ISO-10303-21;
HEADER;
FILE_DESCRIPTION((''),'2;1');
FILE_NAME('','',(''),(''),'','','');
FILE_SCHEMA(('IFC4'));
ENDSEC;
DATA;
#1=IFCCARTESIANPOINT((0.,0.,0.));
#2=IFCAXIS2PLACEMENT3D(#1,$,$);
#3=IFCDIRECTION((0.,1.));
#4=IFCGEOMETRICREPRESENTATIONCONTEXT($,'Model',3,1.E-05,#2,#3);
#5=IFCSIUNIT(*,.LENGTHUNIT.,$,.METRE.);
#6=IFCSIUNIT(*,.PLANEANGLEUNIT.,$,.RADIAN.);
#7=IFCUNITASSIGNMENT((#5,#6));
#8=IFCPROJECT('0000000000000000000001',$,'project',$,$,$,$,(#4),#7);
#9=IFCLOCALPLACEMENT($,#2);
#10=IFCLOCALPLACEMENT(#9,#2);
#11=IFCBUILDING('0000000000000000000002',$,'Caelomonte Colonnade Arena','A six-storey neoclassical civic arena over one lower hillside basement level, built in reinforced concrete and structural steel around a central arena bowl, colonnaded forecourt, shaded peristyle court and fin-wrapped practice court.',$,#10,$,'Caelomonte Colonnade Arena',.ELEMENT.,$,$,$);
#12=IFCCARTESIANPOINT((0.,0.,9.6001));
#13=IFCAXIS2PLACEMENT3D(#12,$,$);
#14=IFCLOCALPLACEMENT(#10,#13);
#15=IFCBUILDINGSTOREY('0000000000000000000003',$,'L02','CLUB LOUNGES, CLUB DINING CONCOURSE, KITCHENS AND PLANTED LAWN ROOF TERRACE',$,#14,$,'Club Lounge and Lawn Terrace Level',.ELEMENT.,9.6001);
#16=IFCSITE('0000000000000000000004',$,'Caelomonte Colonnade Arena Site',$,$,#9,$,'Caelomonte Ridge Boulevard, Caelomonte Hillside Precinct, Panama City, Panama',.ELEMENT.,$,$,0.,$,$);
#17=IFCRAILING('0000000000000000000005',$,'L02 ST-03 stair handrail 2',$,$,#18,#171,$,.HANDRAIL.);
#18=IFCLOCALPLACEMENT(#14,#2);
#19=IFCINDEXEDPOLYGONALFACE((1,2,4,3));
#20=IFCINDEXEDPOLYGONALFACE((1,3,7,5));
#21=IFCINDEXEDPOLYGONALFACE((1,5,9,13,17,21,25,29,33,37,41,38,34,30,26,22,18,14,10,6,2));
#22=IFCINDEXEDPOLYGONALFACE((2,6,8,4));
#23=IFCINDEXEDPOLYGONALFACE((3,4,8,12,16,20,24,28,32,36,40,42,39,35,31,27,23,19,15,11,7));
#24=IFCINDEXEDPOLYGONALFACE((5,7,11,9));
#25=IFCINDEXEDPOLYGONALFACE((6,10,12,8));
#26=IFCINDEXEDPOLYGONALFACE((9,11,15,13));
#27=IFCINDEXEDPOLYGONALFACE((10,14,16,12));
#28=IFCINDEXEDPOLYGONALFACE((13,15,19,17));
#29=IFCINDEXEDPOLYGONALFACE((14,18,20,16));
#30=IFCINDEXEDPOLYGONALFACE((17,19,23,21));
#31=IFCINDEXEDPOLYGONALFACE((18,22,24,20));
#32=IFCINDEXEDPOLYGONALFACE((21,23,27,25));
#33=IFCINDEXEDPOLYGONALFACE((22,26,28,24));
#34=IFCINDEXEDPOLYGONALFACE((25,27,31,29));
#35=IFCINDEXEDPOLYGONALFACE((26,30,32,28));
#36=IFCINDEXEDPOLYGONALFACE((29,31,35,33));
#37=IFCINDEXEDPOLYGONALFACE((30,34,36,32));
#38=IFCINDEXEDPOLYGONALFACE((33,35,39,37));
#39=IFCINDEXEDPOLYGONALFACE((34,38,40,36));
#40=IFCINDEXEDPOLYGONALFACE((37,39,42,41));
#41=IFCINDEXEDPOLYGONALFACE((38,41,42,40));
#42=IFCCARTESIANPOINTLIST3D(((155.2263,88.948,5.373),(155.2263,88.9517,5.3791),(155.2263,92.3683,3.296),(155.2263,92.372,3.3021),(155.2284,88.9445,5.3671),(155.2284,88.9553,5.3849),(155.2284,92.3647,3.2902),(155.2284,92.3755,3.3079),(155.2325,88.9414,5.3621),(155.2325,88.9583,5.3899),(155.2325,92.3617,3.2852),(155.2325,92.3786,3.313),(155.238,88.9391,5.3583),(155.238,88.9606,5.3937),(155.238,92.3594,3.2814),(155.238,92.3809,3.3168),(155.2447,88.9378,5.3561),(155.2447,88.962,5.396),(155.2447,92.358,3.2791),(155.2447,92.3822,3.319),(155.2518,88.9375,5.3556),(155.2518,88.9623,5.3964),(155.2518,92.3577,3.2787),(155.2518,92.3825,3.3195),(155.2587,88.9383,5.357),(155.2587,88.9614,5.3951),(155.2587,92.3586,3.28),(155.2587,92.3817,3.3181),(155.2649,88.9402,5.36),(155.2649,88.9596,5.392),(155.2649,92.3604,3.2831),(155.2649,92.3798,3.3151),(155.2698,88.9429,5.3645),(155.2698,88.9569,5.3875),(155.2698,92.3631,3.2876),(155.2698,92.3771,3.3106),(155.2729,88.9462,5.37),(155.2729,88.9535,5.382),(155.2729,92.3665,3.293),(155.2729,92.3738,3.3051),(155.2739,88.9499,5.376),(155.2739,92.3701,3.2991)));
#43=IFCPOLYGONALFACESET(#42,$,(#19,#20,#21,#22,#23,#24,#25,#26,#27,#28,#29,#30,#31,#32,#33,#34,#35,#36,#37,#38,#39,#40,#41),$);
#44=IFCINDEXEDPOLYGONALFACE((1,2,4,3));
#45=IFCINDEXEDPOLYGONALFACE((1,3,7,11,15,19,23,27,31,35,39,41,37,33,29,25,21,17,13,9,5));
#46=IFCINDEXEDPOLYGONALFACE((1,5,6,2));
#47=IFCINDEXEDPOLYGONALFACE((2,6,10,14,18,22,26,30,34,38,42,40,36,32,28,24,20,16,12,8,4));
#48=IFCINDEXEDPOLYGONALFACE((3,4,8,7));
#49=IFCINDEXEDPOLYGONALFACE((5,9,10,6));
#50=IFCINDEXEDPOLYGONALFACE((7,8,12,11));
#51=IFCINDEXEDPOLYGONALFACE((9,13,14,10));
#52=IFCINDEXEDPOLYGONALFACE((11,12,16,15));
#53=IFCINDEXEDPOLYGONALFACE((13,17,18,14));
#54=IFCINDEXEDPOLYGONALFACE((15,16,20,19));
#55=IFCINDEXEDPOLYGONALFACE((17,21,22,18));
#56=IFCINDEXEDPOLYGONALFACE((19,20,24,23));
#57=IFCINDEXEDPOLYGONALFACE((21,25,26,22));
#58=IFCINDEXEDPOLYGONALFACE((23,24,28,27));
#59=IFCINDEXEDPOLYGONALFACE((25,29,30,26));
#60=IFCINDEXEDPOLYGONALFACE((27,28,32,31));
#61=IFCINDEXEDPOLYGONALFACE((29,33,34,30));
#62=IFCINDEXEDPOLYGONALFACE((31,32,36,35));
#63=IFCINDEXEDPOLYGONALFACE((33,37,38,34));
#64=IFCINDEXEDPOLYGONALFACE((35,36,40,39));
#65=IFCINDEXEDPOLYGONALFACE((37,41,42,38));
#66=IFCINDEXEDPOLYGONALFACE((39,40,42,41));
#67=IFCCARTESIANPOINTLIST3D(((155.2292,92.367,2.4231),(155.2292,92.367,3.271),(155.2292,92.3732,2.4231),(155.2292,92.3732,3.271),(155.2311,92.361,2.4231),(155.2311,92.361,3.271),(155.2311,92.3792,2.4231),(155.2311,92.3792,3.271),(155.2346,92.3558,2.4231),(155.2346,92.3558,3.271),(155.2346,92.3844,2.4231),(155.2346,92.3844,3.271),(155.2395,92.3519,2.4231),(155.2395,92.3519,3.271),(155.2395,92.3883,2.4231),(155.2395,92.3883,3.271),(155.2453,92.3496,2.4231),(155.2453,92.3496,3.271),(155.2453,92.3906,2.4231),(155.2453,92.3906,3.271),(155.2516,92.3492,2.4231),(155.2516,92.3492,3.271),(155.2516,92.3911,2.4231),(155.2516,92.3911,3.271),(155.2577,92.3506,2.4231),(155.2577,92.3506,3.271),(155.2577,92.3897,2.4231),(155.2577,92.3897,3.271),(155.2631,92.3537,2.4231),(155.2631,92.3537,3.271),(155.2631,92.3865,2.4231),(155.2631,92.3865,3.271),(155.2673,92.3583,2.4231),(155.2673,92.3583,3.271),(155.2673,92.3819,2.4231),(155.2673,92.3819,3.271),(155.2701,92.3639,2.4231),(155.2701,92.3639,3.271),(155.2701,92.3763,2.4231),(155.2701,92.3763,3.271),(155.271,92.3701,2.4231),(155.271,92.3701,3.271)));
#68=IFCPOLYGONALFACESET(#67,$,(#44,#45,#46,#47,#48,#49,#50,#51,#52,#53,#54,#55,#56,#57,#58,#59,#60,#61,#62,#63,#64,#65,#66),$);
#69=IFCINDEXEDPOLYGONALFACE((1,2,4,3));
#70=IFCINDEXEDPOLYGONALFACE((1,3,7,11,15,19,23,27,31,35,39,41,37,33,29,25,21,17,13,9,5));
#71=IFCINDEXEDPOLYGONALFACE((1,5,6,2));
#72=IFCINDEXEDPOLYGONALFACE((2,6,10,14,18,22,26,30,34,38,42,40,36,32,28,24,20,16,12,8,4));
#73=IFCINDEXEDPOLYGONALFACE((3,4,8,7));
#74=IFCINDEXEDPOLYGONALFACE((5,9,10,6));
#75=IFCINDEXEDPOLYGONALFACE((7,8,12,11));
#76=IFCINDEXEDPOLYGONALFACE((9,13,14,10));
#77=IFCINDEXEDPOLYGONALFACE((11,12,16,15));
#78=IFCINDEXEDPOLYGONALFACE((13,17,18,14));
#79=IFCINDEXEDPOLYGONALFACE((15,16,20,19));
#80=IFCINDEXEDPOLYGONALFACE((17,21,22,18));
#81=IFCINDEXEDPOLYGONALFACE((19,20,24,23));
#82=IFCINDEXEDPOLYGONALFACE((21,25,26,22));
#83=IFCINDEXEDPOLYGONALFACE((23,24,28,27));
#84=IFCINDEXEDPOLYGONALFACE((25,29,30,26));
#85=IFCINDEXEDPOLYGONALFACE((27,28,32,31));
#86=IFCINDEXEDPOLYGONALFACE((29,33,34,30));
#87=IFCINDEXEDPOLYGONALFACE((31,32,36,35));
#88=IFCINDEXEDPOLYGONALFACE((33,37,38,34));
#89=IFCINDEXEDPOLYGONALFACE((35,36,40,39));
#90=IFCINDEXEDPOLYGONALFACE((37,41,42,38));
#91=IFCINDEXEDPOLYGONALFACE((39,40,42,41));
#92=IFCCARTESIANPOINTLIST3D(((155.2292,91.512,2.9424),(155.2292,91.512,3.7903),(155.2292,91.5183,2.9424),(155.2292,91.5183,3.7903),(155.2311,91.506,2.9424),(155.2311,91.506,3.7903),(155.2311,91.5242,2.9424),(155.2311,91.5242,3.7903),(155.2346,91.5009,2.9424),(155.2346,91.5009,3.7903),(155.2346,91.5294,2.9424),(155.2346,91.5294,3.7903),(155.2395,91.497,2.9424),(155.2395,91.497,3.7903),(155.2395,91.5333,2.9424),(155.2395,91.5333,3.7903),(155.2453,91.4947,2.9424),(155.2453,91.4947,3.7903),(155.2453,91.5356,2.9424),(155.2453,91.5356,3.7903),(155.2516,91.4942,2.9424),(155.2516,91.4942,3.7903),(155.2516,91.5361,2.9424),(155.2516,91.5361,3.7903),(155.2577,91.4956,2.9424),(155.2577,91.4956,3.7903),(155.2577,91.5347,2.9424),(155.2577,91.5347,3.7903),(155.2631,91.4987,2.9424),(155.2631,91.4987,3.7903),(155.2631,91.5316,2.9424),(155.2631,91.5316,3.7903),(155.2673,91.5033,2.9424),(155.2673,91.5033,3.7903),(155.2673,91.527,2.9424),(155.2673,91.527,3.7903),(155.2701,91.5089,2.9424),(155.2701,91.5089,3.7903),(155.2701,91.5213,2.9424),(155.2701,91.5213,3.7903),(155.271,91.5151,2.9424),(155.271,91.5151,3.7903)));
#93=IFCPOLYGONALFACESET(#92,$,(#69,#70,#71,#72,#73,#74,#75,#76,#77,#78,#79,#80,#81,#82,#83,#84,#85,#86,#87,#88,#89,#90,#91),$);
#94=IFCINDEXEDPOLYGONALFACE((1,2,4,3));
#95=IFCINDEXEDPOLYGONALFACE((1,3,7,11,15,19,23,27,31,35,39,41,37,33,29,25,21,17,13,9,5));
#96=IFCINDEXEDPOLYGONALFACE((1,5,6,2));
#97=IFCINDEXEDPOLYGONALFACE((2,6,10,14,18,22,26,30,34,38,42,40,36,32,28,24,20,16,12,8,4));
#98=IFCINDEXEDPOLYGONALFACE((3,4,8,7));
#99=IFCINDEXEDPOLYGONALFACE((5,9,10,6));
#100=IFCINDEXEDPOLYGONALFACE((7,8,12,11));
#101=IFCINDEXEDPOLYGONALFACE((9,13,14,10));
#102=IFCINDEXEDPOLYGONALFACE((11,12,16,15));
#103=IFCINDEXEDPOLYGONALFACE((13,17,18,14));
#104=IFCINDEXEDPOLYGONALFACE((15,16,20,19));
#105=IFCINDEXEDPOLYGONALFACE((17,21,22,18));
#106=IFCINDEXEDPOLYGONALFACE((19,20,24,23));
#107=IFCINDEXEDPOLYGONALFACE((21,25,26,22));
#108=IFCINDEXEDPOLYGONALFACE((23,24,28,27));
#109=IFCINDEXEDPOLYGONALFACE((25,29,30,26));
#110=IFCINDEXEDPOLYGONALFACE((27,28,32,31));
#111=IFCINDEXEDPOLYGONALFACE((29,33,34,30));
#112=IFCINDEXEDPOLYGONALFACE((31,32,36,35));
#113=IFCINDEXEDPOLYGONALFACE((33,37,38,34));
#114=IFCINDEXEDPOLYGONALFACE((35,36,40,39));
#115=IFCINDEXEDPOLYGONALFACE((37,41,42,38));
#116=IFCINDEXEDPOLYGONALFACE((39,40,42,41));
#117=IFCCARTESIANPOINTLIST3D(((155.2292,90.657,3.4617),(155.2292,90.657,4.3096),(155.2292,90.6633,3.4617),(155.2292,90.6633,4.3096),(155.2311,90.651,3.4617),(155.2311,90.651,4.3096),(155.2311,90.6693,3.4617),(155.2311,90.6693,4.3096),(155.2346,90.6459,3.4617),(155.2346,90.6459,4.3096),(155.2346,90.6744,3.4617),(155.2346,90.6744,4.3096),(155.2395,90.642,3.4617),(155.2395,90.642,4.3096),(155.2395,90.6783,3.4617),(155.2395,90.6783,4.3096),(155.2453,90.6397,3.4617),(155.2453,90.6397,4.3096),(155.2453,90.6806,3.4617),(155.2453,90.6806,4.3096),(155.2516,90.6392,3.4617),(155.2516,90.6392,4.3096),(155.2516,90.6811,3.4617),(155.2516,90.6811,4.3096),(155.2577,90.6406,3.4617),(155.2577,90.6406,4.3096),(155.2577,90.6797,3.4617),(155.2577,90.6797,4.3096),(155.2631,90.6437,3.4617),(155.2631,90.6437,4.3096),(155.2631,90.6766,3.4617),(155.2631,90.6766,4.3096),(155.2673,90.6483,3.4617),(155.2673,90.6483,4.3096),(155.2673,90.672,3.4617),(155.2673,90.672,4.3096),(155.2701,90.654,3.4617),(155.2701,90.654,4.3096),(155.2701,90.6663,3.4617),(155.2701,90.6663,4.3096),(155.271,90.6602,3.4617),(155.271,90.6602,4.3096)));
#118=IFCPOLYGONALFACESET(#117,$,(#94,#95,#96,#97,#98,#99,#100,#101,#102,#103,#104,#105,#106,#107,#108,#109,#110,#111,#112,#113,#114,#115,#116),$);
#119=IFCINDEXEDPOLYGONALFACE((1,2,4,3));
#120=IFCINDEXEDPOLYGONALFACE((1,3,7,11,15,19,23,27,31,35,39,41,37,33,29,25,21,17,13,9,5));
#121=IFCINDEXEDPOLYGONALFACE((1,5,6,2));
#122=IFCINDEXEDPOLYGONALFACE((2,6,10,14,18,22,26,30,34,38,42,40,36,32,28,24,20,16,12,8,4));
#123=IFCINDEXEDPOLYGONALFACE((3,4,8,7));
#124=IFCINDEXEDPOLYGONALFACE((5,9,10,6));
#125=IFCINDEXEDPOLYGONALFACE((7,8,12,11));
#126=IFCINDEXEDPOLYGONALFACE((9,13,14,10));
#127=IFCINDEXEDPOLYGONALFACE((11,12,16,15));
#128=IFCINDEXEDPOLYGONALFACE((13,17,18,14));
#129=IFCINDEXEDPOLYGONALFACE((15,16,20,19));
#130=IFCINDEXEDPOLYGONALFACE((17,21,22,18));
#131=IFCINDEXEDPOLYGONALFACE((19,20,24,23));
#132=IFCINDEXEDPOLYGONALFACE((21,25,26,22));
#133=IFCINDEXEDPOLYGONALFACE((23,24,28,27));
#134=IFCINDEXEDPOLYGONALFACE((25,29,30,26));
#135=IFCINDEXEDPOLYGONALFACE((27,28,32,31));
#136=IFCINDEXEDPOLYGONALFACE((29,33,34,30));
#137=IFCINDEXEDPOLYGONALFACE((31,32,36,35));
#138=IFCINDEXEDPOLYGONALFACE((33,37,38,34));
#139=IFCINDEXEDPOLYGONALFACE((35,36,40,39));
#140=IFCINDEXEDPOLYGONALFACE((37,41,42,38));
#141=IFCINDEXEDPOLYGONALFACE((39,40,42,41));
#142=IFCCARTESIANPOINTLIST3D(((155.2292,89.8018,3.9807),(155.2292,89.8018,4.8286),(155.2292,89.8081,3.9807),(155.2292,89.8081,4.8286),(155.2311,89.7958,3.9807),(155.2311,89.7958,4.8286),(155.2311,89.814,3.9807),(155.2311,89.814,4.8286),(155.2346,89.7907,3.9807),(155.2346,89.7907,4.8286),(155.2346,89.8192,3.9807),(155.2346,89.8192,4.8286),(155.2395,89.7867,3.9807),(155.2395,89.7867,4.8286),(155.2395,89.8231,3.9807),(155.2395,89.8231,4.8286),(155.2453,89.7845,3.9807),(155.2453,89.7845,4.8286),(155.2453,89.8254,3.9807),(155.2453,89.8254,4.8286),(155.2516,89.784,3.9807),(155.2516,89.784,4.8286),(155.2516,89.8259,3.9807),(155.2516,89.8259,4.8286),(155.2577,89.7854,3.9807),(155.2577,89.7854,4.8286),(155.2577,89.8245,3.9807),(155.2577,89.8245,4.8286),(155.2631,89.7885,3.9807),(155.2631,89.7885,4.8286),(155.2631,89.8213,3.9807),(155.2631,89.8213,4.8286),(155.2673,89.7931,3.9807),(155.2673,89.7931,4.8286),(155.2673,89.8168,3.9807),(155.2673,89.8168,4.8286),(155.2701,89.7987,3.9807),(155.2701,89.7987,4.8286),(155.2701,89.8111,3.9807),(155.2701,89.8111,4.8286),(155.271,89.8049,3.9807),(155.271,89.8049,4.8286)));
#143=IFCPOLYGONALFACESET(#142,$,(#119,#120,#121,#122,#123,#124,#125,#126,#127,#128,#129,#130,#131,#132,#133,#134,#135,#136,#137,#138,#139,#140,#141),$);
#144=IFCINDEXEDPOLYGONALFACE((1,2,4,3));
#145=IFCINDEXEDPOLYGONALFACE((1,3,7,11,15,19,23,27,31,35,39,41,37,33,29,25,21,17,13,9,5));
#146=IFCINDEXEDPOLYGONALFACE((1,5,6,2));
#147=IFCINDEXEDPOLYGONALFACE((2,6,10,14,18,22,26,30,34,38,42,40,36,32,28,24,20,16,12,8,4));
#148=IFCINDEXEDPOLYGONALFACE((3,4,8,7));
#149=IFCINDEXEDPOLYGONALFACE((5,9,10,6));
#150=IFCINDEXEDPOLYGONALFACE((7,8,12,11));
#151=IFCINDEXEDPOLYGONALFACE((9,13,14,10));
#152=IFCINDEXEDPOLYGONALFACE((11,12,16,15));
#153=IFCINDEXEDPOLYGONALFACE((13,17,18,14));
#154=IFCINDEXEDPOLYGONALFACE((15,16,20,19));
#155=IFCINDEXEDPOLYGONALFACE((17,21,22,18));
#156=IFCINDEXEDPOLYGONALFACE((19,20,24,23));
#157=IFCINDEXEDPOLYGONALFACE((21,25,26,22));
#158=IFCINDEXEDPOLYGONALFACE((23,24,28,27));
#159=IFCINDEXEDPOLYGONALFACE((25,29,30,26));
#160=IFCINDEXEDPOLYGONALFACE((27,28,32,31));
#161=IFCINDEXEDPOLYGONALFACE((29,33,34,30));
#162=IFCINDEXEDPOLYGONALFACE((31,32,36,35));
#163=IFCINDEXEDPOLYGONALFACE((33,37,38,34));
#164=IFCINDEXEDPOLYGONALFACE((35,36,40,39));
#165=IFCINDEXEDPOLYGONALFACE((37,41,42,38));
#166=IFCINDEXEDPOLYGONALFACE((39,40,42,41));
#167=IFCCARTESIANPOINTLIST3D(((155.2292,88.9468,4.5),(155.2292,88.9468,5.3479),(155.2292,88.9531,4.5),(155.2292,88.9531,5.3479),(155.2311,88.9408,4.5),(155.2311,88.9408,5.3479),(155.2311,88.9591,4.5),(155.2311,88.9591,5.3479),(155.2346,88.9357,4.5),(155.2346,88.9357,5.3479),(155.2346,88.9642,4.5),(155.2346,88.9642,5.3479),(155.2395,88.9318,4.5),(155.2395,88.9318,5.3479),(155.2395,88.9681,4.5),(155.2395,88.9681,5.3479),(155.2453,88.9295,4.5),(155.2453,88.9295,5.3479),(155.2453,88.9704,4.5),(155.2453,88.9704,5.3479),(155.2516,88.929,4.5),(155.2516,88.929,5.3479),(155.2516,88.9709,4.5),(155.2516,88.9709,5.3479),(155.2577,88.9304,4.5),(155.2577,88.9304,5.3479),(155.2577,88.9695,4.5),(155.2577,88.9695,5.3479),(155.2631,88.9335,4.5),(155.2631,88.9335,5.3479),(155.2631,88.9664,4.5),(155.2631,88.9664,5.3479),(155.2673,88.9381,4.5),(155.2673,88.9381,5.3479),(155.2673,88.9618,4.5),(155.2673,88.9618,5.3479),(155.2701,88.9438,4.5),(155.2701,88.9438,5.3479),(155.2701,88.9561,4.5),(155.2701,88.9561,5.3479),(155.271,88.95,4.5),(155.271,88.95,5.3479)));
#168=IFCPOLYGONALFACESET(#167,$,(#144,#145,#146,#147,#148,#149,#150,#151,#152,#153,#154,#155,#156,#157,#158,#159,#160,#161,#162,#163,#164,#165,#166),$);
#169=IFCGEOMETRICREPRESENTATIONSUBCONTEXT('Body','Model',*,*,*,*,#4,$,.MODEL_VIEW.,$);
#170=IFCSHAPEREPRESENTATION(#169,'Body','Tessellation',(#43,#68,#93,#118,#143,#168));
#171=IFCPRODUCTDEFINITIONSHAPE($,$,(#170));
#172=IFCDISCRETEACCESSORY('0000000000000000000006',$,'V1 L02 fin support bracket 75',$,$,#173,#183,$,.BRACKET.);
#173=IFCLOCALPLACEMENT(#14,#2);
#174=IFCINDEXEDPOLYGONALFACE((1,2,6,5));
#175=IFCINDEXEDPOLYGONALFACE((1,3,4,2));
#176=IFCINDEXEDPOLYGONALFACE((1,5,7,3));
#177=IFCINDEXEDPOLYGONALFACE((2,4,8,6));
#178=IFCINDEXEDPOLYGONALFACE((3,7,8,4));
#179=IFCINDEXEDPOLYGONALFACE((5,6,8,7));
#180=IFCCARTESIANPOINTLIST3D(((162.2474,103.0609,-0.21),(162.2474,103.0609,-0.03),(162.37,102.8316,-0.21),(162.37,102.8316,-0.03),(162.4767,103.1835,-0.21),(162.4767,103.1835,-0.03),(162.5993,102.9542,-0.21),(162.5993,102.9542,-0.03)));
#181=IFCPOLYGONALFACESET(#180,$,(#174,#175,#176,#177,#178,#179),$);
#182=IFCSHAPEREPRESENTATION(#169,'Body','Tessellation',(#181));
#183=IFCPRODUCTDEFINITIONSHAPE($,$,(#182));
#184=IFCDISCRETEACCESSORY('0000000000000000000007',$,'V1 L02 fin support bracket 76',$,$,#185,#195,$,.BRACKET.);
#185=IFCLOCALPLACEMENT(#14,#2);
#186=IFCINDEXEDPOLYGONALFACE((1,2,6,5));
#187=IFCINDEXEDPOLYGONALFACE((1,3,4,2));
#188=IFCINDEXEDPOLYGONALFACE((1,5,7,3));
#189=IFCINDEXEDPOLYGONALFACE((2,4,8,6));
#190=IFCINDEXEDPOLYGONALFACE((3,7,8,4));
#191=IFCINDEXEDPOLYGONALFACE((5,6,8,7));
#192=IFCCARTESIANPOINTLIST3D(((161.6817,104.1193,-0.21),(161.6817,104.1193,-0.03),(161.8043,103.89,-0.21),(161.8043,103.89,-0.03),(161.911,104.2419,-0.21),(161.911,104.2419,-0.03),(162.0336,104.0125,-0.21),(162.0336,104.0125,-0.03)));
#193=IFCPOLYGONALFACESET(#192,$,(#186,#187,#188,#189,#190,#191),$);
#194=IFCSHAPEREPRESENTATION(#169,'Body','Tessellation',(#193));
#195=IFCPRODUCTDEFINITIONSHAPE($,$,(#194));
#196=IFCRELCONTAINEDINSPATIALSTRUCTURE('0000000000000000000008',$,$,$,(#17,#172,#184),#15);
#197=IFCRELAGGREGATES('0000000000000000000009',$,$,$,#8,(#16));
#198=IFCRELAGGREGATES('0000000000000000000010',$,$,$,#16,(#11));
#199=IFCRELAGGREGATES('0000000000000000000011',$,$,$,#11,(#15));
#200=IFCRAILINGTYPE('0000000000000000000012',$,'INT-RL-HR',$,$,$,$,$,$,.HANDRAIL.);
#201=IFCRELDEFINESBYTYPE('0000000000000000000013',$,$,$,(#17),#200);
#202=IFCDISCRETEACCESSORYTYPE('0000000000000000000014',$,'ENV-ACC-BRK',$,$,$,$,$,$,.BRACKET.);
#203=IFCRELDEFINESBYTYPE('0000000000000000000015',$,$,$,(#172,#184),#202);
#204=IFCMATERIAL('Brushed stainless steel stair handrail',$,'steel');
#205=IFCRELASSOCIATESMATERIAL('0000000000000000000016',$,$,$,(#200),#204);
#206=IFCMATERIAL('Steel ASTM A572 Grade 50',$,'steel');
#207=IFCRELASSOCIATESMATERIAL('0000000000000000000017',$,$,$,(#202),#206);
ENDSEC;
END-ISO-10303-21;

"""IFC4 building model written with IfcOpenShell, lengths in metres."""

from ifc_helpers import new_model, si_unit, direction, frame, origin, origin_2d, place, context, subcontext, project, spatial, rectangle, circle, extrude, material, type_object, element, save


model = new_model("IFC4")

# Units and contexts
model_context = context("Model", 3, precision=1e-05, world=origin(), true_north=direction((0.0, 1.0)))
body_context = subcontext(model_context, "Body", "Model", "MODEL_VIEW")
ifc_project = project(units=[si_unit("LENGTHUNIT", "METRE"), si_unit("PLANEANGLEUNIT", "RADIAN")], contexts=[model_context])

# Site, building, storey
site_placement = place(None, origin())
site = spatial("IfcSite", under=ifc_project, at=site_placement, Name="Caelomonte Colonnade Arena Site", LongName="Caelomonte Ridge Boulevard, Caelomonte Hillside Precinct, Panama City, Panama", CompositionType="ELEMENT", RefElevation=0.0)
building_placement = place(site_placement, origin())
building = spatial("IfcBuilding", under=site, at=building_placement, Name="Caelomonte Colonnade Arena", Description="A six-storey neoclassical civic arena over one lower hillside basement level, built in reinforced concrete and structural steel around a central arena bowl, colonnaded forecourt, shaded peristyle court and fin-wrapped practice court.", LongName="Caelomonte Colonnade Arena", CompositionType="ELEMENT")
storey_placement = place(building_placement, frame((0.0, 0.0, 9.6001)))
storey = spatial("IfcBuildingStorey", under=building, at=storey_placement, Name="L02", Description="CLUB LOUNGES, CLUB DINING CONCOURSE, KITCHENS AND PLANTED LAWN ROOF TERRACE", LongName="Club Lounge and Lawn Terrace Level", CompositionType="ELEMENT", Elevation=9.6001)

# Railing
ifc_material_1 = material(Name="Brushed stainless steel stair handrail", Category="steel")
railing_type_1 = type_object("IfcRailingType", Name="INT-RL-HR", PredefinedType="HANDRAIL", material=ifc_material_1)
railing_1_placement = place(storey_placement, frame((155.25, 92.3701, 2.4231)))
element("IfcRailing", 1, at=railing_1_placement, inside=storey, type_object=railing_type_1, Name="L02 ST-03 stair handrail 2", PredefinedType="HANDRAIL", context=body_context, shape_type="SweptSolid", body=[
    extrude(circle(Radius=0.0239, at=origin_2d()), frame((0.0, 0.0, 0.876), z_axis=(0.0, -0.854746, 0.519047), x_axis=(1.0, 0.0, 0.0)), (0.0, 0.0, 1.0), 4.0015),
    extrude(circle(Radius=0.021, at=origin_2d()), origin(), (0.0, 0.0, 1.0), 0.8479),
    extrude(circle(Radius=0.021, at=origin_2d()), frame((0.0, -0.855, 0.5193)), (0.0, 0.0, 1.0), 0.8479),
    extrude(circle(Radius=0.021, at=origin_2d()), frame((0.0, -1.71, 1.0386)), (0.0, 0.0, 1.0), 0.8479),
    extrude(circle(Radius=0.021, at=origin_2d()), frame((0.0, -2.5652, 1.5576)), (0.0, 0.0, 1.0), 0.8479),
    extrude(circle(Radius=0.021, at=origin_2d()), frame((0.0, -3.4202, 2.0769)), (0.0, 0.0, 1.0), 0.8479),
])

# Discrete accessories
ifc_material_2 = material(Name="Steel ASTM A572 Grade 50", Category="steel")
discrete_accessory_type = type_object("IfcDiscreteAccessoryType", Name="ENV-ACC-BRK", PredefinedType="BRACKET", material=ifc_material_2)
for number, where, z_axis, x_axis, name in (
    (2, (162.4233, 103.0076, -0.21), (0.0, 0.0, 1.0), (-0.471397, 0.881921, 0.0), "V1 L02 fin support bracket 75"),
    (3, (161.8577, 104.0659, -0.21), (0.0, 0.0, 1.0), (-0.471397, 0.881921, 0.0), "V1 L02 fin support bracket 76"),
):
    element("IfcDiscreteAccessory", number, at=place(storey_placement, frame(where, z_axis=z_axis, x_axis=x_axis)), inside=storey, type_object=discrete_accessory_type, Name=name, PredefinedType="BRACKET", context=body_context, shape_type="SweptSolid", body=[
        extrude(rectangle(XDim=0.26, YDim=0.26, at=origin_2d()), origin(), (0.0, 0.0, 1.0), 0.1799),
    ])

save(model, "model.ifc")
